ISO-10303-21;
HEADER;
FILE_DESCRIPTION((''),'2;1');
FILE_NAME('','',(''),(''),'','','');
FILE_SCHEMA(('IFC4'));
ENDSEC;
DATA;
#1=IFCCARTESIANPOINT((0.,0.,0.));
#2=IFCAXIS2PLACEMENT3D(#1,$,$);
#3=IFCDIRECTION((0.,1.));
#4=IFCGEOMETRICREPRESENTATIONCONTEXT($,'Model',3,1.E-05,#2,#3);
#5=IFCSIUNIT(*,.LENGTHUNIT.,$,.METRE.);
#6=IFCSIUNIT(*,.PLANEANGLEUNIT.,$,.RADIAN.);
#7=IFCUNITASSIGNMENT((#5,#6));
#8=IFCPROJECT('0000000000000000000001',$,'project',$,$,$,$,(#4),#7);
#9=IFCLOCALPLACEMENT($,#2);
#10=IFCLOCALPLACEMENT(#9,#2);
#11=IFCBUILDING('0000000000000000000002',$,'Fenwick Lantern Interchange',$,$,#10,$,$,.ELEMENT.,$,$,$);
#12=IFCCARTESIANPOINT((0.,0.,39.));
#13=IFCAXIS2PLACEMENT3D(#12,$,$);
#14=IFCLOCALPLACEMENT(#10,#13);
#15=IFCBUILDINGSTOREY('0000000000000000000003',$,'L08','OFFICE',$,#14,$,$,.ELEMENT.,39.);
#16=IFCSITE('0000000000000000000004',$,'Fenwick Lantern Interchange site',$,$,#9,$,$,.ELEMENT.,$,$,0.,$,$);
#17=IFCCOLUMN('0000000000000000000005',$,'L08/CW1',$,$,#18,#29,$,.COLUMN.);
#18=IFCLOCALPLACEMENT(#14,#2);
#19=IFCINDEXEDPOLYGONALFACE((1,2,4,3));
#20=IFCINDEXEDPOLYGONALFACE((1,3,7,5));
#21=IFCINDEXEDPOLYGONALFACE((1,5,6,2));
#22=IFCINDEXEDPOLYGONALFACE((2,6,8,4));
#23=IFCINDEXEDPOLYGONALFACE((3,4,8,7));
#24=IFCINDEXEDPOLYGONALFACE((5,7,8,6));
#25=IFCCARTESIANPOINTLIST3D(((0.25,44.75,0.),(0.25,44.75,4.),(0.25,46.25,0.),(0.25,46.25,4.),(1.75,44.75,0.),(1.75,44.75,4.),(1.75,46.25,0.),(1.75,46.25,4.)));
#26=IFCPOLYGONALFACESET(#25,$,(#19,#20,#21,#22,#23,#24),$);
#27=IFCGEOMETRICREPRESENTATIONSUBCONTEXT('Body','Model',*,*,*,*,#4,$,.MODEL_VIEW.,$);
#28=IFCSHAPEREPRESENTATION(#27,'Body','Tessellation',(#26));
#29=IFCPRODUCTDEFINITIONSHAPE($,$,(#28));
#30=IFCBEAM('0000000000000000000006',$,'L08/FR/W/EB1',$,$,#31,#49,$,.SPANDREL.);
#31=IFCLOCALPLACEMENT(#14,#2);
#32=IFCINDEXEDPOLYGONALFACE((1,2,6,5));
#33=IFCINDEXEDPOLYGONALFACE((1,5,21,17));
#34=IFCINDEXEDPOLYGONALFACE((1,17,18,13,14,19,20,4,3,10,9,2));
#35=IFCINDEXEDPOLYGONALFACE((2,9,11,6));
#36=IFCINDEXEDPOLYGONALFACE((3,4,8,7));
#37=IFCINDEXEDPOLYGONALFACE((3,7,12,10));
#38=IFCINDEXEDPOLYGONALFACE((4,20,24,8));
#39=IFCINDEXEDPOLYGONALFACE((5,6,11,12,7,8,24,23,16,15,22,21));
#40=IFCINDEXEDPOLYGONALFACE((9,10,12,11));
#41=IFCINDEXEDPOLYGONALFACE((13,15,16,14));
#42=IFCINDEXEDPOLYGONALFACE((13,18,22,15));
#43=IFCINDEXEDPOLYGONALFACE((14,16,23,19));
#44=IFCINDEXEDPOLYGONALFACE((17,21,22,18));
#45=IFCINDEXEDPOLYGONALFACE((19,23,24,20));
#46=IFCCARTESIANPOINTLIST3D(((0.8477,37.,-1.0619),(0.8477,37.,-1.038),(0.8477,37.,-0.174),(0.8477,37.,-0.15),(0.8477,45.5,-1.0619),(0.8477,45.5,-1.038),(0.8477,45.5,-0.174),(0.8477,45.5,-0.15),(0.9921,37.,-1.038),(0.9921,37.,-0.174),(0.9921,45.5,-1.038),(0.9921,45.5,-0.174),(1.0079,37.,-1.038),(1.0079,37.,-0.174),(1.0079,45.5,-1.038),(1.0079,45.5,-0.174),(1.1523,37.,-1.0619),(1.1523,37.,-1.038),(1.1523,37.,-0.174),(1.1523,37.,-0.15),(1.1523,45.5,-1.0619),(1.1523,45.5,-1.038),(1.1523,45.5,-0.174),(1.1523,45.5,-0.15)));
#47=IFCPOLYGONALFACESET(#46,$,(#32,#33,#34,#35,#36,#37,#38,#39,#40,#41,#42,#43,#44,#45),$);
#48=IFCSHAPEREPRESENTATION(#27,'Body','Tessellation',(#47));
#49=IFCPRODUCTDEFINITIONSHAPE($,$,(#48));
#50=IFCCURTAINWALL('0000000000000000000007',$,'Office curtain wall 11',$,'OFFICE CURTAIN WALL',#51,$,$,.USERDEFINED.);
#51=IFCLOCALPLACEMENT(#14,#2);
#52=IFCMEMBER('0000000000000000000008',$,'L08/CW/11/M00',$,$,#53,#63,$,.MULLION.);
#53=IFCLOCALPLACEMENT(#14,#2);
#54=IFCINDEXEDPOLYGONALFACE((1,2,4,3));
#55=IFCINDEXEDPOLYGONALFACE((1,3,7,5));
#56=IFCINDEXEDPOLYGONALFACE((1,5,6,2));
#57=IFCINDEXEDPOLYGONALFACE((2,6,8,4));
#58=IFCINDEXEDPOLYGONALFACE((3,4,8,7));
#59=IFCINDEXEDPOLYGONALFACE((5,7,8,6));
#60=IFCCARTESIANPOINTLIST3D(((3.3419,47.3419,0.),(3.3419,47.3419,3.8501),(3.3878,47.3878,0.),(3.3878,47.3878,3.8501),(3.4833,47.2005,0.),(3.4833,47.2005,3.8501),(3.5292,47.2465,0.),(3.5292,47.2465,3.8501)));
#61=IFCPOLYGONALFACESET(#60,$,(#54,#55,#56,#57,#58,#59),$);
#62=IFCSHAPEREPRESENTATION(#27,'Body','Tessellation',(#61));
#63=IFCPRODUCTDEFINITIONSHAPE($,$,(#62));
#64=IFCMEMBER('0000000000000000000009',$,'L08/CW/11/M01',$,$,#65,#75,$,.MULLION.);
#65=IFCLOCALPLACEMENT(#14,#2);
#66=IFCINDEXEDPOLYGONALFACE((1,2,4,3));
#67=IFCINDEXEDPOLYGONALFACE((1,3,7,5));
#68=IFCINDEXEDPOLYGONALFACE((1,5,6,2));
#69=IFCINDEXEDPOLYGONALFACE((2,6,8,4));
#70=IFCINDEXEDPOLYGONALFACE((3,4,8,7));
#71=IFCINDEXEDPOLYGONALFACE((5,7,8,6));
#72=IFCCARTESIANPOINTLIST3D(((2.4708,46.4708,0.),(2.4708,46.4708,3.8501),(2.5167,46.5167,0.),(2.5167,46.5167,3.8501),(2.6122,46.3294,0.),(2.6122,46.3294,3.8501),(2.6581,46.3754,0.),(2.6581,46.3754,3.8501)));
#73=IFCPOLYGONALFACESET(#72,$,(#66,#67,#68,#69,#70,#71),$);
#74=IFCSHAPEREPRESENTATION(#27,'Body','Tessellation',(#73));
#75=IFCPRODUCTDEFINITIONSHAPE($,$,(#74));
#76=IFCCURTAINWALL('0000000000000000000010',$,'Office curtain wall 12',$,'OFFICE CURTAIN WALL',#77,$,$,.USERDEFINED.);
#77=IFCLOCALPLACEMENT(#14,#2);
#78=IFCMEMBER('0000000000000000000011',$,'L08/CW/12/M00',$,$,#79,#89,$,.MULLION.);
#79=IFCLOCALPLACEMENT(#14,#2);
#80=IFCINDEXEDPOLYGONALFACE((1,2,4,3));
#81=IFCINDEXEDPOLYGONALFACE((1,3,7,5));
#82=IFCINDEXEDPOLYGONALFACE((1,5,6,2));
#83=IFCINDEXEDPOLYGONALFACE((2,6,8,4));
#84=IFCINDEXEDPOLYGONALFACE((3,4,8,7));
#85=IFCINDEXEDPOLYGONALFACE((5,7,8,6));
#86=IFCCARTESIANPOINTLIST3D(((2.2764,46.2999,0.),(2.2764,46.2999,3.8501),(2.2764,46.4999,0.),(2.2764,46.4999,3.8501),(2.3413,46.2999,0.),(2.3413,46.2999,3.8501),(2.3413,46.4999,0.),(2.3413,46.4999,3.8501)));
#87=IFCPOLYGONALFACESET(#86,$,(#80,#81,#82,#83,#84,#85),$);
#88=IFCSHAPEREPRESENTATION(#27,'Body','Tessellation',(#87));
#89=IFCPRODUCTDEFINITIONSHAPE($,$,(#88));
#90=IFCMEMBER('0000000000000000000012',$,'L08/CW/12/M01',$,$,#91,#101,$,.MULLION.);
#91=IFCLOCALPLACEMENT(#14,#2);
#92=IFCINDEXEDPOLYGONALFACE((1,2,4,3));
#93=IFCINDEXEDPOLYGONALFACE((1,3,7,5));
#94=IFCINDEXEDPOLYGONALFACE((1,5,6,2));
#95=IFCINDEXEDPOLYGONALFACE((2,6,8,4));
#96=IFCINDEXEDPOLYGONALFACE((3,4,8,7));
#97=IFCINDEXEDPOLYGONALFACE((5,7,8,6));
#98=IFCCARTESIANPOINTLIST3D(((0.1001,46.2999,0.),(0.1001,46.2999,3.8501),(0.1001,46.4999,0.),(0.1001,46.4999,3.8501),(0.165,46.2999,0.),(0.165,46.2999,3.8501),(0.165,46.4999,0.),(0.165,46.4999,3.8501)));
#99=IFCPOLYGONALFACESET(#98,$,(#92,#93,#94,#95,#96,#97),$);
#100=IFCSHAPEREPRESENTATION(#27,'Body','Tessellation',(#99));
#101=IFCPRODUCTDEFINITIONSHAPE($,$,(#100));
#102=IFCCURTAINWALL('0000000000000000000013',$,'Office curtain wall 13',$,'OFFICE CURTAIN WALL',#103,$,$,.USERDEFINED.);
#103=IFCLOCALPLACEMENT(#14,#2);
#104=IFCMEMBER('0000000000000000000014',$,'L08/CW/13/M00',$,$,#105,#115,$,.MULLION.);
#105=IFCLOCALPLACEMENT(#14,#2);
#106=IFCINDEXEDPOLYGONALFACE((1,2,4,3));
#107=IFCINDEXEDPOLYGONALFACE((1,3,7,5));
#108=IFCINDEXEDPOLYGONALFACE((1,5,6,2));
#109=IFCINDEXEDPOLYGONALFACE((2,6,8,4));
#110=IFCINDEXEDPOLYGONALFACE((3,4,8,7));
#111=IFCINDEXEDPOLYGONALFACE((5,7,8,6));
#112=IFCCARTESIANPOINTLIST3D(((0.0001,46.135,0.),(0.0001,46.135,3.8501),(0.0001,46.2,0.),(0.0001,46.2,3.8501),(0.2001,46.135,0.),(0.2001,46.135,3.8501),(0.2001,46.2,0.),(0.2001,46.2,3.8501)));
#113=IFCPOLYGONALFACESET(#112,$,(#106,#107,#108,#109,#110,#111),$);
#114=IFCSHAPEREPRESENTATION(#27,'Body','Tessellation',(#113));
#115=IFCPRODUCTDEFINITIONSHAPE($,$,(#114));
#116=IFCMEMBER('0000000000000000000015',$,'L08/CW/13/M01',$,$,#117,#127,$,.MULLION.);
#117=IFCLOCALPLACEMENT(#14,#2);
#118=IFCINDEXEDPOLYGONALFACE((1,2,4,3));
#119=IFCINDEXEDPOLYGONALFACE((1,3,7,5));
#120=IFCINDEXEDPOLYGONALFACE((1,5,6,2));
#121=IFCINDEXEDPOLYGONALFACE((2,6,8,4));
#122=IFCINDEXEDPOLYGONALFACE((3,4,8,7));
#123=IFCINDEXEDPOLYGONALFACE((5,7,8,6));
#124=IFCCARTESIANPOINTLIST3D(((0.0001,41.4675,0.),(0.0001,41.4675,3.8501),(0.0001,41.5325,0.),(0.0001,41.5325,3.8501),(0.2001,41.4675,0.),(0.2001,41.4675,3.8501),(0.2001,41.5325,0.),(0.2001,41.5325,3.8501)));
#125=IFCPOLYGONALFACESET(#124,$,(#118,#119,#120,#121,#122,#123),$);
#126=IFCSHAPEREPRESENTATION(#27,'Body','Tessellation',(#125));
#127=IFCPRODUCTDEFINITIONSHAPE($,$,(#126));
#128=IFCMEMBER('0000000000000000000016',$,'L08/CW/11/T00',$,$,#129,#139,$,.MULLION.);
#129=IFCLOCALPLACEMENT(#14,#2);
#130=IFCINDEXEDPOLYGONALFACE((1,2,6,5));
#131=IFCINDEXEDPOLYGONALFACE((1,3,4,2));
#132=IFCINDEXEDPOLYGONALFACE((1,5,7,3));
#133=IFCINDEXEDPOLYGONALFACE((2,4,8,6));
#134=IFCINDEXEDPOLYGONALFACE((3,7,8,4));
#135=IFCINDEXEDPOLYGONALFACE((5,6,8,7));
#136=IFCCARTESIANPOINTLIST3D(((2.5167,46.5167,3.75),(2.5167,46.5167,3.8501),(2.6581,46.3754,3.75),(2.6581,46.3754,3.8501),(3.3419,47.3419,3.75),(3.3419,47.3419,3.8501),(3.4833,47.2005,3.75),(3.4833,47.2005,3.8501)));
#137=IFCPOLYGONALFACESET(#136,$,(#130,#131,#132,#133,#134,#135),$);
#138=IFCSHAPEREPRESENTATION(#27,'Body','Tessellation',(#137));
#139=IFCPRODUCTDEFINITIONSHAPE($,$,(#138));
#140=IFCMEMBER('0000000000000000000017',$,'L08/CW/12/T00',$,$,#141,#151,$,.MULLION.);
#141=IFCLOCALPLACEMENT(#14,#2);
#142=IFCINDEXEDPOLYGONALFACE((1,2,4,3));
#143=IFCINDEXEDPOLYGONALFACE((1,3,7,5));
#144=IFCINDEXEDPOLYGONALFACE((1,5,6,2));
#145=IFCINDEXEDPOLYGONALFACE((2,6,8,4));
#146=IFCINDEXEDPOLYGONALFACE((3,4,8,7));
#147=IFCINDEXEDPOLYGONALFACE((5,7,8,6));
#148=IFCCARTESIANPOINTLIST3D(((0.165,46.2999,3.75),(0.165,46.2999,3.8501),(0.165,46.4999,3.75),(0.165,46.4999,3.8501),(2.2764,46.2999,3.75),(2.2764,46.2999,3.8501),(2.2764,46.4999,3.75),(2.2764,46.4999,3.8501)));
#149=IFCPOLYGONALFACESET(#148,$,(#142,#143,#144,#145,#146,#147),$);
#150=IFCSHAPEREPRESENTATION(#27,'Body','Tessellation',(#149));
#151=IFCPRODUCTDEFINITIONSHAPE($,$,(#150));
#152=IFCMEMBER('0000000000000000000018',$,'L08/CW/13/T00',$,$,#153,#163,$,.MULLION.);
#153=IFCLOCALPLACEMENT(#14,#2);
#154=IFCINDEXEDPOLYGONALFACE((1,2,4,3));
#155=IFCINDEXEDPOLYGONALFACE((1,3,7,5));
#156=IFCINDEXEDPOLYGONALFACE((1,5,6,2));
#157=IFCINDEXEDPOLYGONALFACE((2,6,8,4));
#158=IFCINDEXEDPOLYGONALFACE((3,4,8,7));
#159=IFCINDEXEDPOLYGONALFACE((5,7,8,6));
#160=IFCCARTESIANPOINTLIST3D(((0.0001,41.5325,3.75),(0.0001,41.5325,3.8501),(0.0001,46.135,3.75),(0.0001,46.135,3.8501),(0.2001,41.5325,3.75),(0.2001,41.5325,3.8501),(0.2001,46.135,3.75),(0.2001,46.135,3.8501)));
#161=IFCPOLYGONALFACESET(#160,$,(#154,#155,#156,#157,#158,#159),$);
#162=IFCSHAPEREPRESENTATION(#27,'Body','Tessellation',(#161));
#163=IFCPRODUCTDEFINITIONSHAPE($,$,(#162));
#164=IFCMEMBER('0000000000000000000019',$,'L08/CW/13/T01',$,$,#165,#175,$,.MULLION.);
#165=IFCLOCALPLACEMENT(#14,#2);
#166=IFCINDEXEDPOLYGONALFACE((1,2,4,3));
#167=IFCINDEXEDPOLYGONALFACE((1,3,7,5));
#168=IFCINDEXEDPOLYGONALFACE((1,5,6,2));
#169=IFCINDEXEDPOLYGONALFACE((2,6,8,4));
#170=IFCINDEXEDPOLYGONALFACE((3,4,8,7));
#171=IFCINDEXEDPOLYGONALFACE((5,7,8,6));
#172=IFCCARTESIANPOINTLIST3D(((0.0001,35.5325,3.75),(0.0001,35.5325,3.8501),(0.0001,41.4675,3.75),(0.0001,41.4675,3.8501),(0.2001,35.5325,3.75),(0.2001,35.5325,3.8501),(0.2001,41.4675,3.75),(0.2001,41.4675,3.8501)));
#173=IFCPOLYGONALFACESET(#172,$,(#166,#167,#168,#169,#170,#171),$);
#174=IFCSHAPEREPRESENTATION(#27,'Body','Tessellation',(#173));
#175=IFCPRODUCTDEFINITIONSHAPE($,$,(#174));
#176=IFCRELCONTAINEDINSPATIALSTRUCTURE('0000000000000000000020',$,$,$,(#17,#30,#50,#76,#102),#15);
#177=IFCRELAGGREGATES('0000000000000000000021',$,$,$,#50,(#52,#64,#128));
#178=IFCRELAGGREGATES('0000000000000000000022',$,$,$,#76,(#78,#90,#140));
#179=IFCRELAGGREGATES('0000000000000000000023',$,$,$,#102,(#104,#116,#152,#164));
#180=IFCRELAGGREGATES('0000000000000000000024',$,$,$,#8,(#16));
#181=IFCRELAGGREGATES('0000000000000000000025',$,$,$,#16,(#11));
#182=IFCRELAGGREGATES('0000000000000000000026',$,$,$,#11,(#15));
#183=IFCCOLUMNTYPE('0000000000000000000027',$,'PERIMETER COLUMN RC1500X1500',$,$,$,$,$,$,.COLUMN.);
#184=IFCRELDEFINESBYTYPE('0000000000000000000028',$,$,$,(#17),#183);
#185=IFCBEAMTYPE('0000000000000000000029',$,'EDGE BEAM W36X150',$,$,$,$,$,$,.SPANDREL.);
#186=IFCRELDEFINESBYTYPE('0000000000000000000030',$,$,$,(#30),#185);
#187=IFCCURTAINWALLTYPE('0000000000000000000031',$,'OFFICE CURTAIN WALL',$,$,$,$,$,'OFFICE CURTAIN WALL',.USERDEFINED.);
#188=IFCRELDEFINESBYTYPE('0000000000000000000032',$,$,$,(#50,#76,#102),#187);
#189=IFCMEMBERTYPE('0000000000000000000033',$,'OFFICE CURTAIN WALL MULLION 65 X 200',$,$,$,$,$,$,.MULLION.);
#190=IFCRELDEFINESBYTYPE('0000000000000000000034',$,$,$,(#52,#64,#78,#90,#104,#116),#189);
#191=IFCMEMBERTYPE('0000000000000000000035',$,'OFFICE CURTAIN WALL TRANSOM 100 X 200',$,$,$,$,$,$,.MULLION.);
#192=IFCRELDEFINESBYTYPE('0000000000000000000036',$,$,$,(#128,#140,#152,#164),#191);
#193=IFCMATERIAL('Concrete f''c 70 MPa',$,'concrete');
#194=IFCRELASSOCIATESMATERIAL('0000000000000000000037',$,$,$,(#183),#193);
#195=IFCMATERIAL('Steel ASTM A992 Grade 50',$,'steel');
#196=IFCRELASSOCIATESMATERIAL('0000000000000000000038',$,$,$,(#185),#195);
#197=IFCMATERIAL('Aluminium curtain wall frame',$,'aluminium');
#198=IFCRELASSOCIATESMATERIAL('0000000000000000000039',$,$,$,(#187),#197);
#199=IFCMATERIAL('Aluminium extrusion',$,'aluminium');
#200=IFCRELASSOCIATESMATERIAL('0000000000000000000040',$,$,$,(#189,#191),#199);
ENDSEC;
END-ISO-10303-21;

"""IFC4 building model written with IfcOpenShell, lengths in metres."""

from ifc_helpers import new_model, si_unit, direction, frame, origin, origin_2d, place, context, subcontext, project, spatial, rectangle, i_section, extrude, material, material_profile, profile_set, type_object, element, aggregate, save


model = new_model("IFC4")

# Units and contexts
model_context = context("Model", 3, precision=1e-05, world=origin(), true_north=direction((0.0, 1.0)))
body_context = subcontext(model_context, "Body", "Model", "MODEL_VIEW")
ifc_project = project(units=[si_unit("LENGTHUNIT", "METRE"), si_unit("PLANEANGLEUNIT", "RADIAN")], contexts=[model_context])

# Site, building, storey
site_placement = place(None, origin())
site = spatial("IfcSite", under=ifc_project, at=site_placement, Name="Fenwick Lantern Interchange site", CompositionType="ELEMENT", RefElevation=0.0)
building_placement = place(site_placement, origin())
building = spatial("IfcBuilding", under=site, at=building_placement, Name="Fenwick Lantern Interchange", CompositionType="ELEMENT")
storey_placement = place(building_placement, frame((0.0, 0.0, 39.0)))
storey = spatial("IfcBuildingStorey", under=building, at=storey_placement, Name="L08", Description="OFFICE", CompositionType="ELEMENT", Elevation=39.0)

# Column
ifc_material_1 = material(Name="Concrete f'c 70 MPa", Category="concrete")
ifc_material_profile_1 = material_profile(ifc_material_1, rectangle(XDim=1.5, YDim=1.5, at=origin_2d()), Name="RC1500X1500")
ifc_profile_set_1 = profile_set([ifc_material_profile_1], Name="Concrete f'c 70 MPa")
column_type = type_object("IfcColumnType", Name="PERIMETER COLUMN RC1500X1500", PredefinedType="COLUMN", material=ifc_profile_set_1)
column_placement = place(storey_placement, frame((1.0, 45.5, 0.0), z_axis=(0.0, 0.0, 1.0), x_axis=(1.0, 0.0, 0.0)))
element("IfcColumn", 1, at=column_placement, inside=storey, type_object=column_type, Name="L08/CW1", PredefinedType="COLUMN", context=body_context, shape_type="SweptSolid", body=[
    extrude(rectangle(XDim=1.5, YDim=1.5, at=origin_2d()), origin(), (0.0, 0.0, 1.0), 4.0),
])

# Beam
ifc_material_2 = material(Name="Steel ASTM A992 Grade 50", Category="steel")
ifc_material_profile_2 = material_profile(ifc_material_2, i_section(OverallWidth=0.3047, OverallDepth=0.9119, WebThickness=0.0159, FlangeThickness=0.0239, at=origin_2d()), Name="W36X150")
ifc_profile_set_2 = profile_set([ifc_material_profile_2], Name="Steel ASTM A992 Grade 50")
beam_type = type_object("IfcBeamType", Name="EDGE BEAM W36X150", PredefinedType="SPANDREL", material=ifc_profile_set_2)
beam_placement = place(storey_placement, frame((1.0, 45.5, -0.606), z_axis=(0.0, -1.0, 0.0), x_axis=(1.0, 0.0, 0.0)))
element("IfcBeam", 2, at=beam_placement, inside=storey, type_object=beam_type, Name="L08/FR/W/EB1", PredefinedType="SPANDREL", context=body_context, shape_type="SweptSolid", body=[
    extrude(i_section(OverallWidth=0.3047, OverallDepth=0.9119, WebThickness=0.0159, FlangeThickness=0.0239, at=origin_2d()), origin(), (0.0, 0.0, 1.0), 8.5),
])

# Curtain walls, members
ifc_material_3 = material(Name="Aluminium curtain wall frame", Category="aluminium")
curtain_wall_type = type_object("IfcCurtainWallType", Name="OFFICE CURTAIN WALL", ElementType="OFFICE CURTAIN WALL", PredefinedType="USERDEFINED", material=ifc_material_3)
curtain_wall_1_placement = place(storey_placement, origin())
curtain_wall_1 = element("IfcCurtainWall", 3, at=curtain_wall_1_placement, inside=storey, type_object=curtain_wall_type, Name="Office curtain wall 11", ObjectType="OFFICE CURTAIN WALL", PredefinedType="USERDEFINED")
ifc_material_4 = material(Name="Aluminium extrusion", Category="aluminium")
ifc_material_profile_3 = material_profile(ifc_material_4, rectangle(XDim=0.2, YDim=0.0649, at=origin_2d()), Name="OFFICE CURTAIN WALL MULLION 65 X 200")
ifc_profile_set_3 = profile_set([ifc_material_profile_3], Name="Aluminium extrusion")
member_type_1 = type_object("IfcMemberType", Name="OFFICE CURTAIN WALL MULLION 65 X 200", PredefinedType="MULLION", material=ifc_profile_set_3)
member_1_placement = place(storey_placement, frame((3.4355, 47.2942, 0.0), z_axis=(0.0, 0.0, 1.0), x_axis=(0.707107, -0.707107, 0.0)))
member_1 = element("IfcMember", 4, at=member_1_placement, type_object=member_type_1, Name="L08/CW/11/M00", PredefinedType="MULLION", context=body_context, shape_type="SweptSolid", body=[
    extrude(rectangle(XDim=0.2, YDim=0.0649, at=origin_2d()), origin(), (0.0, 0.0, 1.0), 3.8501),
])
member_2_placement = place(storey_placement, frame((2.5645, 46.4231, 0.0), z_axis=(0.0, 0.0, 1.0), x_axis=(0.707107, -0.707107, 0.0)))
member_2 = element("IfcMember", 5, at=member_2_placement, type_object=member_type_1, Name="L08/CW/11/M01", PredefinedType="MULLION", context=body_context, shape_type="SweptSolid", body=[
    extrude(rectangle(XDim=0.2, YDim=0.0649, at=origin_2d()), origin(), (0.0, 0.0, 1.0), 3.8501),
])
curtain_wall_2_placement = place(storey_placement, origin())
curtain_wall_2 = element("IfcCurtainWall", 6, at=curtain_wall_2_placement, inside=storey, type_object=curtain_wall_type, Name="Office curtain wall 12", ObjectType="OFFICE CURTAIN WALL", PredefinedType="USERDEFINED")
member_3_placement = place(storey_placement, frame((2.3088, 46.3999, 0.0), z_axis=(0.0, 0.0, 1.0), x_axis=(0.0, -1.0, 0.0)))
member_3 = element("IfcMember", 7, at=member_3_placement, type_object=member_type_1, Name="L08/CW/12/M00", PredefinedType="MULLION", context=body_context, shape_type="SweptSolid", body=[
    extrude(rectangle(XDim=0.2, YDim=0.0649, at=origin_2d()), origin(), (0.0, 0.0, 1.0), 3.8501),
])
member_4_placement = place(storey_placement, frame((0.1326, 46.3999, 0.0), z_axis=(0.0, 0.0, 1.0), x_axis=(0.0, -1.0, 0.0)))
member_4 = element("IfcMember", 8, at=member_4_placement, type_object=member_type_1, Name="L08/CW/12/M01", PredefinedType="MULLION", context=body_context, shape_type="SweptSolid", body=[
    extrude(rectangle(XDim=0.2, YDim=0.0649, at=origin_2d()), origin(), (0.0, 0.0, 1.0), 3.8501),
])
curtain_wall_3_placement = place(storey_placement, origin())
curtain_wall_3 = element("IfcCurtainWall", 9, at=curtain_wall_3_placement, inside=storey, type_object=curtain_wall_type, Name="Office curtain wall 13", ObjectType="OFFICE CURTAIN WALL", PredefinedType="USERDEFINED")
member_5_placement = place(storey_placement, frame((0.1001, 46.1675, 0.0), z_axis=(0.0, 0.0, 1.0), x_axis=(1.0, 0.0, 0.0)))
member_5 = element("IfcMember", 10, at=member_5_placement, type_object=member_type_1, Name="L08/CW/13/M00", PredefinedType="MULLION", context=body_context, shape_type="SweptSolid", body=[
    extrude(rectangle(XDim=0.2, YDim=0.0649, at=origin_2d()), origin(), (0.0, 0.0, 1.0), 3.8501),
])
member_6_placement = place(storey_placement, frame((0.1001, 41.5, 0.0), z_axis=(0.0, 0.0, 1.0), x_axis=(1.0, 0.0, 0.0)))
member_6 = element("IfcMember", 11, at=member_6_placement, type_object=member_type_1, Name="L08/CW/13/M01", PredefinedType="MULLION", context=body_context, shape_type="SweptSolid", body=[
    extrude(rectangle(XDim=0.2, YDim=0.0649, at=origin_2d()), origin(), (0.0, 0.0, 1.0), 3.8501),
])

# Members
ifc_material_profile_4 = material_profile(ifc_material_4, rectangle(XDim=0.2, YDim=0.1001, at=origin_2d()), Name="OFFICE CURTAIN WALL TRANSOM 100 X 200")
ifc_profile_set_4 = profile_set([ifc_material_profile_4], Name="Aluminium extrusion")
member_type_2 = type_object("IfcMemberType", Name="OFFICE CURTAIN WALL TRANSOM 100 X 200", PredefinedType="MULLION", material=ifc_profile_set_4)
member_7_placement = place(storey_placement, frame((3.4126, 47.2712, 3.8), z_axis=(-0.707107, -0.707107, 0.0), x_axis=(0.707107, -0.707107, 0.0)))
member_7 = element("IfcMember", 12, at=member_7_placement, type_object=member_type_2, Name="L08/CW/11/T00", PredefinedType="MULLION", context=body_context, shape_type="SweptSolid", body=[
    extrude(rectangle(XDim=0.2, YDim=0.1001, at=origin_2d()), origin(), (0.0, 0.0, 1.0), 1.167),
])
aggregate(curtain_wall_1, [member_1, member_2, member_7])
member_8_placement = place(storey_placement, frame((2.2764, 46.3999, 3.8), z_axis=(-1.0, 0.0, 0.0), x_axis=(0.0, -1.0, 0.0)))
member_8 = element("IfcMember", 13, at=member_8_placement, type_object=member_type_2, Name="L08/CW/12/T00", PredefinedType="MULLION", context=body_context, shape_type="SweptSolid", body=[
    extrude(rectangle(XDim=0.2, YDim=0.1001, at=origin_2d()), origin(), (0.0, 0.0, 1.0), 2.1113),
])
aggregate(curtain_wall_2, [member_3, member_4, member_8])
member_9_placement = place(storey_placement, frame((0.1001, 46.135, 3.8), z_axis=(0.0, -1.0, 0.0), x_axis=(1.0, 0.0, 0.0)))
member_9 = element("IfcMember", 14, at=member_9_placement, type_object=member_type_2, Name="L08/CW/13/T00", PredefinedType="MULLION", context=body_context, shape_type="SweptSolid", body=[
    extrude(rectangle(XDim=0.2, YDim=0.1001, at=origin_2d()), origin(), (0.0, 0.0, 1.0), 4.6025),
])
member_10_placement = place(storey_placement, frame((0.1001, 41.4675, 3.8), z_axis=(0.0, -1.0, 0.0), x_axis=(1.0, 0.0, 0.0)))
member_10 = element("IfcMember", 15, at=member_10_placement, type_object=member_type_2, Name="L08/CW/13/T01", PredefinedType="MULLION", context=body_context, shape_type="SweptSolid", body=[
    extrude(rectangle(XDim=0.2, YDim=0.1001, at=origin_2d()), origin(), (0.0, 0.0, 1.0), 5.9351),
])

aggregate(curtain_wall_3, [member_5, member_6, member_9, member_10])

save(model, "model.ifc")
